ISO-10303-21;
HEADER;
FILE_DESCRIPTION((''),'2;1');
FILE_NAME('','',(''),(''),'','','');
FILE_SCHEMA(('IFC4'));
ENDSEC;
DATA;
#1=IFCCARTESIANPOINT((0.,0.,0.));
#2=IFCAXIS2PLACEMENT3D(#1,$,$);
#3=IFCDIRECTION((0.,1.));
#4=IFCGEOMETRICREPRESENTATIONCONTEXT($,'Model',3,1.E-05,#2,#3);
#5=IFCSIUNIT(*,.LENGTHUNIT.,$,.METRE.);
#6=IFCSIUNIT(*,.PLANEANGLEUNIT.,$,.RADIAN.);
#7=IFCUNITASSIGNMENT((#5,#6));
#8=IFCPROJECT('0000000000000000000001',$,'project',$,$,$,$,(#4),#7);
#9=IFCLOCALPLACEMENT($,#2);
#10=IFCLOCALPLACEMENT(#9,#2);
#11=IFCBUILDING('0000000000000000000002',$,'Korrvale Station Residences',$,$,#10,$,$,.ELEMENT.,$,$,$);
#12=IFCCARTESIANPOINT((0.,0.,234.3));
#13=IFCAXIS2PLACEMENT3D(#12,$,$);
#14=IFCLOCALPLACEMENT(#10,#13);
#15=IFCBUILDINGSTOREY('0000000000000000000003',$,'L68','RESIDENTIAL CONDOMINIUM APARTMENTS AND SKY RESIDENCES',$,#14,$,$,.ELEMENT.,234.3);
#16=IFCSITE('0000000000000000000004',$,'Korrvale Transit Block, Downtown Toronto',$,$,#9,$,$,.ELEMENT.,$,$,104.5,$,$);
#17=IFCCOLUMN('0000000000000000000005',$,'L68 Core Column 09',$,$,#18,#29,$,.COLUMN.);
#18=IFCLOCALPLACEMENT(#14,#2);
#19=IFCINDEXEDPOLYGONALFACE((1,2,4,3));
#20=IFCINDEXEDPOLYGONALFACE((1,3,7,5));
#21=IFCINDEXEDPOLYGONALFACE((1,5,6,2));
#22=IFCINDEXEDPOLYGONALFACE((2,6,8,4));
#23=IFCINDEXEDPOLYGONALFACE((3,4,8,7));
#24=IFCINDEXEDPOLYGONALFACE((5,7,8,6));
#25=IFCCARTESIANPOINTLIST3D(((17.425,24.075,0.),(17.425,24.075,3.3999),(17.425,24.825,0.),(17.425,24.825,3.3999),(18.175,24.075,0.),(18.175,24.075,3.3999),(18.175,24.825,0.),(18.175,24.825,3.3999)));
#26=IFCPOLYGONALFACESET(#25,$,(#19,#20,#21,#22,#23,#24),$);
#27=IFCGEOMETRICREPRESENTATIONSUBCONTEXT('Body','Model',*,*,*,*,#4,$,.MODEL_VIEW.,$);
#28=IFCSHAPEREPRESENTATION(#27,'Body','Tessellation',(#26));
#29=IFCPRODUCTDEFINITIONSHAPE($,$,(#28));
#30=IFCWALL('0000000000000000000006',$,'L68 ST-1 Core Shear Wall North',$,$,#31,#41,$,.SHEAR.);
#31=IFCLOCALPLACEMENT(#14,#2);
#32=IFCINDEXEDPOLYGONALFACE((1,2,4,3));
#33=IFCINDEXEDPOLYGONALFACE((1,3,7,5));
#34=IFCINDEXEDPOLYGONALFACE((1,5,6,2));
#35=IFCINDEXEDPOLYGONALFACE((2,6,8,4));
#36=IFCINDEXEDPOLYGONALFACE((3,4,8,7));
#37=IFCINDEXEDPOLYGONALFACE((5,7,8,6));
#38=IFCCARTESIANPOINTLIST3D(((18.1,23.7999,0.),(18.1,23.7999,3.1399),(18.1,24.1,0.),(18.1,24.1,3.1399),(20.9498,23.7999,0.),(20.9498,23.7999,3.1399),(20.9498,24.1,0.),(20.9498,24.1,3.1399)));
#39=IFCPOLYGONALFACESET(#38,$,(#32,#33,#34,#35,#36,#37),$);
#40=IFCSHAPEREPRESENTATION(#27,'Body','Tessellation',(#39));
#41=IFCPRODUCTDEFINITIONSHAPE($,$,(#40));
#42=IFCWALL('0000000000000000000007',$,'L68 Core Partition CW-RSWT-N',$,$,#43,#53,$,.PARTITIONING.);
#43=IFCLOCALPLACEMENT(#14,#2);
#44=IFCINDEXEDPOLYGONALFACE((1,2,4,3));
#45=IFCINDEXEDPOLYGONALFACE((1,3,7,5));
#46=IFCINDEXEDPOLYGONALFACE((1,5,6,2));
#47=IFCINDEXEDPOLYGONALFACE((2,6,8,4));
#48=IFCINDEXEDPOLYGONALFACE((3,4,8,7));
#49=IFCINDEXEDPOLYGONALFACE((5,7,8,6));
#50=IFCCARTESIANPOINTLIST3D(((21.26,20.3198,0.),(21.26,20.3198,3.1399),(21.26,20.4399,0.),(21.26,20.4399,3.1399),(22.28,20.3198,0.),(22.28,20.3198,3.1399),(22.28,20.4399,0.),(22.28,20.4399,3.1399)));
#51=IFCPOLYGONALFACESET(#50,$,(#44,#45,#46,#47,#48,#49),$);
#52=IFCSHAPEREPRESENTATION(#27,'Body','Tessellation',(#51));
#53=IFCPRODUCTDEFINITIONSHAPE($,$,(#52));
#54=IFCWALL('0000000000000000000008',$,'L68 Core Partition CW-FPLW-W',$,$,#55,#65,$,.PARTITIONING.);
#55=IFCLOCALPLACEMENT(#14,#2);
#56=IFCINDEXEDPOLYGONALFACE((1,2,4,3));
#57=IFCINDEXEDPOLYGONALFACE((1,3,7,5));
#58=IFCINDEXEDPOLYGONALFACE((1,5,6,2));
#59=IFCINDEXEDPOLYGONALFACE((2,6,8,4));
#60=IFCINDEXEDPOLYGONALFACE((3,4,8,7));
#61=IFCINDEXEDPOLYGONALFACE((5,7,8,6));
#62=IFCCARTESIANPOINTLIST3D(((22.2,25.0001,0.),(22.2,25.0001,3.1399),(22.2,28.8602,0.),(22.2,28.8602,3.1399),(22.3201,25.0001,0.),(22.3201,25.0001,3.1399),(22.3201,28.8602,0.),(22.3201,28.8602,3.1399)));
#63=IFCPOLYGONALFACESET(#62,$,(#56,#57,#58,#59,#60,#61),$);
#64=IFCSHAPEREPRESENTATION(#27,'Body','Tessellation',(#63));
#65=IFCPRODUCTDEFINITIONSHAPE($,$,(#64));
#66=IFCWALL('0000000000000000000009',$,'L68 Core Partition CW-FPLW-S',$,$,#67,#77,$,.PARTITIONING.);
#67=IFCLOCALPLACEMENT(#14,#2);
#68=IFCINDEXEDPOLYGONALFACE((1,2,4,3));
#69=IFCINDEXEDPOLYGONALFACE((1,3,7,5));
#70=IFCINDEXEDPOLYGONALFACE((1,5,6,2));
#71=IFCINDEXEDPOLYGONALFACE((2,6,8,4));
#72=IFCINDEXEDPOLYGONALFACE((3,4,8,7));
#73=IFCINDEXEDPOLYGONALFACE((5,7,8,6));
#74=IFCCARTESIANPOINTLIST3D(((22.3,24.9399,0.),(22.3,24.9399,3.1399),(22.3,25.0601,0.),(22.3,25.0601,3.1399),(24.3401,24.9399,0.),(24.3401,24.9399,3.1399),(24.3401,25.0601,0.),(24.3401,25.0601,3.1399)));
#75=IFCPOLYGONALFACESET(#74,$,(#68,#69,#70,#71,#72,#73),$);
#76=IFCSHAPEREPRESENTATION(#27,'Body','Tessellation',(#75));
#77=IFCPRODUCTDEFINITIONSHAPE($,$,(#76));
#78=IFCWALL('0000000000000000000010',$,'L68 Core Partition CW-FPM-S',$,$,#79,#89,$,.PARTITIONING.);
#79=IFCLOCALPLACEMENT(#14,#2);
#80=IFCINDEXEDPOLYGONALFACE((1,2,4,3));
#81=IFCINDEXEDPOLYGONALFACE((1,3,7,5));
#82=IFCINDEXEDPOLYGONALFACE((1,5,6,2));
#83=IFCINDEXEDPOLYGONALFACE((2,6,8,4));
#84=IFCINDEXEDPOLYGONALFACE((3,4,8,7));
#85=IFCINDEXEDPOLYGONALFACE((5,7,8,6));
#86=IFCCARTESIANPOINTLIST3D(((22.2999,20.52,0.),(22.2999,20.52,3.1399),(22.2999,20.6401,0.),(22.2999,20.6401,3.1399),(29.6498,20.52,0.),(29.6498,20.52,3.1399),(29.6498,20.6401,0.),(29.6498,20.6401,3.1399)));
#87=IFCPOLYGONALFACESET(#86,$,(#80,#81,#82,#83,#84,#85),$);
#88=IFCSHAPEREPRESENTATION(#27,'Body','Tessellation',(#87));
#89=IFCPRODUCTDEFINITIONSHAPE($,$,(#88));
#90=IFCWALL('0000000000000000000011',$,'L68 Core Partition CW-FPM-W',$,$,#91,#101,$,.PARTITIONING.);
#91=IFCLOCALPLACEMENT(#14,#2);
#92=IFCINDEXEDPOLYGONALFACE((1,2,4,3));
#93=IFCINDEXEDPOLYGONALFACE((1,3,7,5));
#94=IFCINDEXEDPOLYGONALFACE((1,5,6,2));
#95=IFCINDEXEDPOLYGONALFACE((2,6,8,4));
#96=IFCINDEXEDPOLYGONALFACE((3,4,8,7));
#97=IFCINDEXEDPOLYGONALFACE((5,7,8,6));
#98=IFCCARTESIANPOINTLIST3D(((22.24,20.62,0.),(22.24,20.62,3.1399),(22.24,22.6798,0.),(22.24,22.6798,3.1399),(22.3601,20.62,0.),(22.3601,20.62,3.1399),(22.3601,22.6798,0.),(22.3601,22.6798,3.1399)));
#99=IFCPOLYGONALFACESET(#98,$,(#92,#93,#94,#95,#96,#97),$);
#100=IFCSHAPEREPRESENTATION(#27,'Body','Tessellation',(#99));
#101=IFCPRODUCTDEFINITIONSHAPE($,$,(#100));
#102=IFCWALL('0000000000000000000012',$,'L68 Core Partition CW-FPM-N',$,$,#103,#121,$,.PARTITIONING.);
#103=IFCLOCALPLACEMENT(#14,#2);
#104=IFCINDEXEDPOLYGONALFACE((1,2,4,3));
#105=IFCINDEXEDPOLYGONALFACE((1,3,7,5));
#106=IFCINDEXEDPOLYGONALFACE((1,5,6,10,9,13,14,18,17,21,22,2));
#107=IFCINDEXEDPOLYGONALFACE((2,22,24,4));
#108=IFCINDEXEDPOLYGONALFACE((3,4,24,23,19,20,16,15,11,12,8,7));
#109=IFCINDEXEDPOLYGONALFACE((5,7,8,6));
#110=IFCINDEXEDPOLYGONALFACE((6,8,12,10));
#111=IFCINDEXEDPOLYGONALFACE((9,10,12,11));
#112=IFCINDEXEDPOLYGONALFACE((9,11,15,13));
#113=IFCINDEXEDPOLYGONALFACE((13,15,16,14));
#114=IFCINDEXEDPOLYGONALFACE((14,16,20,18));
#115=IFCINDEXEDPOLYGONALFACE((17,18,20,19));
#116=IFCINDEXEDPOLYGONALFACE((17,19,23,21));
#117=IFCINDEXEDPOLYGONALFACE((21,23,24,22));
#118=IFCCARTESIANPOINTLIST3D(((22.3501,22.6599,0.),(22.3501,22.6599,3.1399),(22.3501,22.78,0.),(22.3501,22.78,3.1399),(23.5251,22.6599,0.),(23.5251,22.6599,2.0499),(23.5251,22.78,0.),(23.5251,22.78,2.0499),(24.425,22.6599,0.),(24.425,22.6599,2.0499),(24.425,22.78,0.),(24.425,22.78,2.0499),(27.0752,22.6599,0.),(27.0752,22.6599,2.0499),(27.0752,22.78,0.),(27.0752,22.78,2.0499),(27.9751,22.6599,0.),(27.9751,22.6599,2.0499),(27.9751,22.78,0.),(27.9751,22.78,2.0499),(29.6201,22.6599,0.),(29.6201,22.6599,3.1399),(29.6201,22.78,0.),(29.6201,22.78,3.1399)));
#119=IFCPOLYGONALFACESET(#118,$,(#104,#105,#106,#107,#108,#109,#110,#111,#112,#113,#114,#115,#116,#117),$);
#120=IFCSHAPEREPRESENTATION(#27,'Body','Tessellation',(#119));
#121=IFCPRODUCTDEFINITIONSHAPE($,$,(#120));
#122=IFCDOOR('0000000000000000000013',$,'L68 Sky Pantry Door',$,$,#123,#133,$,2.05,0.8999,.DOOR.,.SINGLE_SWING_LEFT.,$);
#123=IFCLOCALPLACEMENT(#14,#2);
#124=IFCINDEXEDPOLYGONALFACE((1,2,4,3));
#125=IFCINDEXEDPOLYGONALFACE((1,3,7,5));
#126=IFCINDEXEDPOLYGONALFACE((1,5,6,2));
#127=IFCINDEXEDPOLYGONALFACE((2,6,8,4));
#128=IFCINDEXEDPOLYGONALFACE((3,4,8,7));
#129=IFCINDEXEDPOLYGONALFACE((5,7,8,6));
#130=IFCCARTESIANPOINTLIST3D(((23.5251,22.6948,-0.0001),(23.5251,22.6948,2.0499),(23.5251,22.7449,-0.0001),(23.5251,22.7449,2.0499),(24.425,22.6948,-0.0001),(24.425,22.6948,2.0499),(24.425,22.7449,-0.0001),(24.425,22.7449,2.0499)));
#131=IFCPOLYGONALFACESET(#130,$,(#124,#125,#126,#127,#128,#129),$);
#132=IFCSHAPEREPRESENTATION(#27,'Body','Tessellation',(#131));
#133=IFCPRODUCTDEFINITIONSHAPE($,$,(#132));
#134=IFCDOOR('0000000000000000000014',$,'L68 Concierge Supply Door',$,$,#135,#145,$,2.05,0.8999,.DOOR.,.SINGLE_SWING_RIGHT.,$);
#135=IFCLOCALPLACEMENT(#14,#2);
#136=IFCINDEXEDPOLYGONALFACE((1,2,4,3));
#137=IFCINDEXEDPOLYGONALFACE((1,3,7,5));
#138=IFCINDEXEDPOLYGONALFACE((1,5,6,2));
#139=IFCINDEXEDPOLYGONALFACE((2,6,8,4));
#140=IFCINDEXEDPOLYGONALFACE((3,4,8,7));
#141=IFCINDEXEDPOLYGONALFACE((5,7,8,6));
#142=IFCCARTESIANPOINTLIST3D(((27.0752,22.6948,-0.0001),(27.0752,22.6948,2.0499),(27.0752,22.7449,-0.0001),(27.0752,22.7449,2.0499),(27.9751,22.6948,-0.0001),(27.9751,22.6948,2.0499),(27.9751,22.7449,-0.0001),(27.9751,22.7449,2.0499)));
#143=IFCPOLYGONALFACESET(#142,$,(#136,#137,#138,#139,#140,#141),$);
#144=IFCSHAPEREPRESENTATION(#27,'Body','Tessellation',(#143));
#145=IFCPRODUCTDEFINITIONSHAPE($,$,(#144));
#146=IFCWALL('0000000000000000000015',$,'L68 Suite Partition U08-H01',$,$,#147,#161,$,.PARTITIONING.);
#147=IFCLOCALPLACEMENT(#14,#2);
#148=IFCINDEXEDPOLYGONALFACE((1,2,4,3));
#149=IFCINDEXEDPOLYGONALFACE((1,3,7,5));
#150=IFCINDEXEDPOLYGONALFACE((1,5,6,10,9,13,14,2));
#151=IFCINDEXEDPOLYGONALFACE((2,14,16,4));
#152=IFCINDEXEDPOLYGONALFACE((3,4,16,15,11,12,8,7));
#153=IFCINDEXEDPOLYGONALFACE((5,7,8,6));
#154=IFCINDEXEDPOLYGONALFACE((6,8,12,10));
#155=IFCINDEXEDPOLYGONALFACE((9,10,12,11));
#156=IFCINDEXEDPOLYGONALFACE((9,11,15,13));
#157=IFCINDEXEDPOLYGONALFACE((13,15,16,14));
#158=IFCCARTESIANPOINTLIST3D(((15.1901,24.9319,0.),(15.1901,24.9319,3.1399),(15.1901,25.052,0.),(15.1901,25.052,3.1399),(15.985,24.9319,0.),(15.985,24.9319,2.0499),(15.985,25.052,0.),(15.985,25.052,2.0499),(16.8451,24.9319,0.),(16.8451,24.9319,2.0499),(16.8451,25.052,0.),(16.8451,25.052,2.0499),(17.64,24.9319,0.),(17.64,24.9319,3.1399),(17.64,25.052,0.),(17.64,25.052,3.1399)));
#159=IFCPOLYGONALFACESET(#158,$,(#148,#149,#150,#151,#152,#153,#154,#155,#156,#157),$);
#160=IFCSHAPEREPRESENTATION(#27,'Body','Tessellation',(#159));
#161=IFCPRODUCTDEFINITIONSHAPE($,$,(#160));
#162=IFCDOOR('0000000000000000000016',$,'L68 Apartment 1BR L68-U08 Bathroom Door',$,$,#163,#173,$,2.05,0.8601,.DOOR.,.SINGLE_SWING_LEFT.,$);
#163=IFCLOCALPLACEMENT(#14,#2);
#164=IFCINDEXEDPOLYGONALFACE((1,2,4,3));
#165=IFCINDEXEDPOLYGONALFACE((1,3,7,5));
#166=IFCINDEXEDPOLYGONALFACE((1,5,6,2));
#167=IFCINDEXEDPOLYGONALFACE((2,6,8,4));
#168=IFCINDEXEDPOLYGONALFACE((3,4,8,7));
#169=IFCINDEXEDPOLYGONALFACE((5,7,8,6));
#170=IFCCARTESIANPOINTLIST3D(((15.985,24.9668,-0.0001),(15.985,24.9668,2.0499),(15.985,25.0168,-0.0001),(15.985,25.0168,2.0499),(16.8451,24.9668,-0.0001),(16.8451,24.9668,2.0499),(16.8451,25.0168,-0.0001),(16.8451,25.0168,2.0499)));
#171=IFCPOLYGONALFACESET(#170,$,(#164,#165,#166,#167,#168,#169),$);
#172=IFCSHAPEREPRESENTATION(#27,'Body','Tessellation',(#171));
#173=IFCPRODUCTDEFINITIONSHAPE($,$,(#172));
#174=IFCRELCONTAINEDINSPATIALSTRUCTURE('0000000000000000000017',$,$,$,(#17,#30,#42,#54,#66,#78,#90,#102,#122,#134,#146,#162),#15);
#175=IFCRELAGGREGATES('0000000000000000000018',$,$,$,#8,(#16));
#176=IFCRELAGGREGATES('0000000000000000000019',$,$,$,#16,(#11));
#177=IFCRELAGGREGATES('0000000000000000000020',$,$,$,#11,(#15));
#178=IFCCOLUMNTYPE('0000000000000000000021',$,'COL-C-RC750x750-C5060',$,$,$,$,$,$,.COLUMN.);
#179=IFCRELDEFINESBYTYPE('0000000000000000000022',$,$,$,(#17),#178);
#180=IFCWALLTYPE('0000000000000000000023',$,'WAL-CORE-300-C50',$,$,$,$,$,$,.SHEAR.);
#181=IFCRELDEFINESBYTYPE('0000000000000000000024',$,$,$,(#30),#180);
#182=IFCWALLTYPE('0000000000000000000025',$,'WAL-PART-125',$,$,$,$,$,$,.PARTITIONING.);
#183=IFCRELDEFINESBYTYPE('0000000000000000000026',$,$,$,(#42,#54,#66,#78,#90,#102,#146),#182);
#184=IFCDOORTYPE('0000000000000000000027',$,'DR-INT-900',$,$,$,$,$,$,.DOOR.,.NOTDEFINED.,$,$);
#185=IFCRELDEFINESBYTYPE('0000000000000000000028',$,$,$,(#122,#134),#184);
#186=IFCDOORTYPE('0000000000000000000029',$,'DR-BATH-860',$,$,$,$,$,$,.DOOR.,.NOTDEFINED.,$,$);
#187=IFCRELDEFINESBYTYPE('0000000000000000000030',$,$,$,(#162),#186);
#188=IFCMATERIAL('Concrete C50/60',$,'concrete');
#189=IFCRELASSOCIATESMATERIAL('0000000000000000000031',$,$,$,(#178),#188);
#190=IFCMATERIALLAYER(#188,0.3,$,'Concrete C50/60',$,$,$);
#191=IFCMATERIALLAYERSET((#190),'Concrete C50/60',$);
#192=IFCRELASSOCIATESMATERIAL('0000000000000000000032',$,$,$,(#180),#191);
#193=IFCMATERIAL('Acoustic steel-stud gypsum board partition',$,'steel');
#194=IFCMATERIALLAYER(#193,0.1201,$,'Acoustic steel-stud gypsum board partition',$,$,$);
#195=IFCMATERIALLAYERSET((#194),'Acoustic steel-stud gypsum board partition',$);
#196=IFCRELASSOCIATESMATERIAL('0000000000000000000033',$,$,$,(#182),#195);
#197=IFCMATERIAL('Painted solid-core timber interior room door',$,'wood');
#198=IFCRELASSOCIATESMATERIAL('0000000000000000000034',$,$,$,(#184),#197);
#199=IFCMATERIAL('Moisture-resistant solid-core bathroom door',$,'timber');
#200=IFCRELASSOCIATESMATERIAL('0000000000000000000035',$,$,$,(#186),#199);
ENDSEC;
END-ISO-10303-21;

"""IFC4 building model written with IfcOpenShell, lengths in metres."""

from ifc_helpers import new_model, si_unit, direction, frame, frame_2d, origin, origin_2d, place, context, subcontext, project, spatial, rectangle, extrude, material, layer, layer_set, material_profile, profile_set, type_object, element, fill, save


model = new_model("IFC4")

# Units and contexts
model_context = context("Model", 3, precision=1e-05, world=origin(), true_north=direction((0.0, 1.0)))
body_context = subcontext(model_context, "Body", "Model", "MODEL_VIEW")
ifc_project = project(units=[si_unit("LENGTHUNIT", "METRE"), si_unit("PLANEANGLEUNIT", "RADIAN")], contexts=[model_context])

# Site, building, storey
site_placement = place(None, origin())
site = spatial("IfcSite", under=ifc_project, at=site_placement, Name="Korrvale Transit Block, Downtown Toronto", CompositionType="ELEMENT", RefElevation=104.5)
building_placement = place(site_placement, origin())
building = spatial("IfcBuilding", under=site, at=building_placement, Name="Korrvale Station Residences", CompositionType="ELEMENT")
storey_placement = place(building_placement, frame((0.0, 0.0, 234.3)))
storey = spatial("IfcBuildingStorey", under=building, at=storey_placement, Name="L68", Description="RESIDENTIAL CONDOMINIUM APARTMENTS AND SKY RESIDENCES", CompositionType="ELEMENT", Elevation=234.3)

# Column
ifc_material_1 = material(Name="Concrete C50/60", Category="concrete")
ifc_material_profile = material_profile(ifc_material_1, rectangle(XDim=0.75, YDim=0.75, at=origin_2d()), Name="RC750x750")
ifc_profile_set = profile_set([ifc_material_profile], Name="Concrete C50/60")
column_type = type_object("IfcColumnType", Name="COL-C-RC750x750-C5060", PredefinedType="COLUMN", material=ifc_profile_set)
column_placement = place(storey_placement, frame((17.8, 24.45, 0.0), z_axis=(0.0, 0.0, 1.0), x_axis=(1.0, 0.0, 0.0)))
element("IfcColumn", 1, at=column_placement, inside=storey, type_object=column_type, Name="L68 Core Column 09", PredefinedType="COLUMN", context=body_context, shape_type="SweptSolid", body=[
    extrude(rectangle(XDim=0.75, YDim=0.75, at=origin_2d()), origin(), (0.0, 0.0, 1.0), 3.3999),
])

# Walls
ifc_layer_1 = layer(ifc_material_1, 0.3, Name="Concrete C50/60")
ifc_layer_set_1 = layer_set([ifc_layer_1], Name="Concrete C50/60")
wall_type_1 = type_object("IfcWallType", Name="WAL-CORE-300-C50", PredefinedType="SHEAR", material=ifc_layer_set_1)
wall_1_placement = place(storey_placement, frame((18.1001, 23.95, 0.0), z_axis=(0.0, 0.0, 1.0), x_axis=(1.0, 0.0, 0.0)))
element("IfcWall", 2, at=wall_1_placement, inside=storey, type_object=wall_type_1, Name="L68 ST-1 Core Shear Wall North", PredefinedType="SHEAR", context=body_context, shape_type="SweptSolid", body=[
    extrude(rectangle(XDim=2.8499, YDim=0.3, at=frame_2d((1.4248, 0.0))), origin(), (0.0, 0.0, 1.0), 3.1399),
])
ifc_material_2 = material(Name="Acoustic steel-stud gypsum board partition", Category="steel")
ifc_layer_2 = layer(ifc_material_2, 0.1201, Name="Acoustic steel-stud gypsum board partition")
ifc_layer_set_2 = layer_set([ifc_layer_2], Name="Acoustic steel-stud gypsum board partition")
wall_type_2 = type_object("IfcWallType", Name="WAL-PART-125", PredefinedType="PARTITIONING", material=ifc_layer_set_2)
wall_2_placement = place(storey_placement, frame((22.28, 20.3799, 0.0), z_axis=(0.0, 0.0, 1.0), x_axis=(-1.0, 0.0, 0.0)))
element("IfcWall", 3, at=wall_2_placement, inside=storey, type_object=wall_type_2, Name="L68 Core Partition CW-RSWT-N", PredefinedType="PARTITIONING", context=body_context, shape_type="SweptSolid", body=[
    extrude(rectangle(XDim=1.02, YDim=0.1201, at=frame_2d((0.51, 0.0))), origin(), (0.0, 0.0, 1.0), 3.1399),
])
wall_3_placement = place(storey_placement, frame((22.26, 25.0, 0.0), z_axis=(0.0, 0.0, 1.0), x_axis=(0.0, 1.0, 0.0)))
element("IfcWall", 4, at=wall_3_placement, inside=storey, type_object=wall_type_2, Name="L68 Core Partition CW-FPLW-W", PredefinedType="PARTITIONING", context=body_context, shape_type="SweptSolid", body=[
    extrude(rectangle(XDim=3.8601, YDim=0.1201, at=frame_2d((1.9302, 0.0))), origin(), (0.0, 0.0, 1.0), 3.1399),
])
wall_4_placement = place(storey_placement, frame((22.3, 25.0, 0.0), z_axis=(0.0, 0.0, 1.0), x_axis=(1.0, 0.0, 0.0)))
element("IfcWall", 5, at=wall_4_placement, inside=storey, type_object=wall_type_2, Name="L68 Core Partition CW-FPLW-S", PredefinedType="PARTITIONING", context=body_context, shape_type="SweptSolid", body=[
    extrude(rectangle(XDim=2.04, YDim=0.1201, at=frame_2d((1.02, 0.0))), origin(), (0.0, 0.0, 1.0), 3.1399),
])
wall_5_placement = place(storey_placement, frame((22.3, 20.5801, 0.0), z_axis=(0.0, 0.0, 1.0), x_axis=(1.0, 0.0, 0.0)))
element("IfcWall", 6, at=wall_5_placement, inside=storey, type_object=wall_type_2, Name="L68 Core Partition CW-FPM-S", PredefinedType="PARTITIONING", context=body_context, shape_type="SweptSolid", body=[
    extrude(rectangle(XDim=7.3499, YDim=0.1201, at=frame_2d((3.6748, 0.0))), origin(), (0.0, 0.0, 1.0), 3.1399),
])
wall_6_placement = place(storey_placement, frame((22.3, 20.6201, 0.0), z_axis=(0.0, 0.0, 1.0), x_axis=(0.0, 1.0, 0.0)))
element("IfcWall", 7, at=wall_6_placement, inside=storey, type_object=wall_type_2, Name="L68 Core Partition CW-FPM-W", PredefinedType="PARTITIONING", context=body_context, shape_type="SweptSolid", body=[
    extrude(rectangle(XDim=2.0598, YDim=0.1201, at=frame_2d((1.0298, 0.0))), origin(), (0.0, 0.0, 1.0), 3.1399),
])

# Wall, openings, doors
wall_7_placement = place(storey_placement, frame((22.3501, 22.72, 0.0), z_axis=(0.0, 0.0, 1.0), x_axis=(1.0, 0.0, 0.0)))
wall_7 = element("IfcWall", 8, at=wall_7_placement, inside=storey, type_object=wall_type_2, Name="L68 Core Partition CW-FPM-N", PredefinedType="PARTITIONING", context=body_context, shape_type="SweptSolid", body=[
    extrude(rectangle(XDim=7.27, YDim=0.1201, at=frame_2d((3.635, 0.0))), origin(), (0.0, 0.0, 1.0), 3.1399),
])
opening_1_placement = place(wall_7_placement, frame((1.175, 0.0, 0.0)))
opening_1 = element("IfcOpeningElement", 9, at=opening_1_placement, cuts=wall_7, PredefinedType="OPENING", context=body_context, shape_type="SweptSolid", body=[
    extrude(rectangle(XDim=0.8999, YDim=2.05, at=frame_2d((0.45, 1.0249))), frame((0.0, 0.0701, 0.0), z_axis=(0.0, -1.0, 0.0), x_axis=(1.0, 0.0, 0.0)), (0.0, 0.0, 1.0), 0.1401),
])
opening_2_placement = place(wall_7_placement, frame((4.7251, 0.0, 0.0)))
opening_2 = element("IfcOpeningElement", 10, at=opening_2_placement, cuts=wall_7, PredefinedType="OPENING", context=body_context, shape_type="SweptSolid", body=[
    extrude(rectangle(XDim=0.8999, YDim=2.05, at=frame_2d((0.45, 1.0249))), frame((0.0, 0.0701, 0.0), z_axis=(0.0, -1.0, 0.0), x_axis=(1.0, 0.0, 0.0)), (0.0, 0.0, 1.0), 0.1401),
])
ifc_material_3 = material(Name="Painted solid-core timber interior room door", Category="wood")
door_type_1 = type_object("IfcDoorType", Name="DR-INT-900", OperationType="NOTDEFINED", PredefinedType="DOOR", material=ifc_material_3)
door_1_placement = place(opening_1_placement, origin())
door_1 = element("IfcDoor", 11, at=door_1_placement, inside=storey, type_object=door_type_1, Name="L68 Sky Pantry Door", OperationType="SINGLE_SWING_LEFT", OverallHeight=2.05, OverallWidth=0.8999, PredefinedType="DOOR", context=body_context, shape_type="SweptSolid", body=[
    extrude(rectangle(XDim=0.8999, YDim=2.05, at=frame_2d((0.45, 1.0249))), frame((0.0, 0.0249, 0.0), z_axis=(0.0, -1.0, 0.0), x_axis=(1.0, 0.0, 0.0)), (0.0, 0.0, 1.0), 0.05),
])
fill(opening_1, door_1)
door_2_placement = place(opening_2_placement, origin())
door_2 = element("IfcDoor", 12, at=door_2_placement, inside=storey, type_object=door_type_1, Name="L68 Concierge Supply Door", OperationType="SINGLE_SWING_RIGHT", OverallHeight=2.05, OverallWidth=0.8999, PredefinedType="DOOR", context=body_context, shape_type="SweptSolid", body=[
    extrude(rectangle(XDim=0.8999, YDim=2.05, at=frame_2d((0.45, 1.0249))), frame((0.0, 0.0249, 0.0), z_axis=(0.0, -1.0, 0.0), x_axis=(1.0, 0.0, 0.0)), (0.0, 0.0, 1.0), 0.05),
])
fill(opening_2, door_2)

# Wall, opening, door
wall_8_placement = place(storey_placement, frame((15.1899, 24.9919, 0.0), z_axis=(0.0, 0.0, 1.0), x_axis=(1.0, 0.0, 0.0)))
wall_8 = element("IfcWall", 13, at=wall_8_placement, inside=storey, type_object=wall_type_2, Name="L68 Suite Partition U08-H01", PredefinedType="PARTITIONING", context=body_context, shape_type="SweptSolid", body=[
    extrude(rectangle(XDim=2.45, YDim=0.1201, at=frame_2d((1.2251, 0.0))), origin(), (0.0, 0.0, 1.0), 3.1399),
])
opening_3_placement = place(wall_8_placement, frame((0.7949, 0.0, 0.0)))
opening_3 = element("IfcOpeningElement", 14, at=opening_3_placement, cuts=wall_8, PredefinedType="OPENING", context=body_context, shape_type="SweptSolid", body=[
    extrude(rectangle(XDim=0.8601, YDim=2.05, at=frame_2d((0.4302, 1.0249))), frame((0.0, 0.0701, 0.0), z_axis=(0.0, -1.0, 0.0), x_axis=(1.0, 0.0, 0.0)), (0.0, 0.0, 1.0), 0.1401),
])
ifc_material_4 = material(Name="Moisture-resistant solid-core bathroom door", Category="timber")
door_type_2 = type_object("IfcDoorType", Name="DR-BATH-860", OperationType="NOTDEFINED", PredefinedType="DOOR", material=ifc_material_4)
door_3_placement = place(opening_3_placement, origin())
door_3 = element("IfcDoor", 15, at=door_3_placement, inside=storey, type_object=door_type_2, Name="L68 Apartment 1BR L68-U08 Bathroom Door", OperationType="SINGLE_SWING_LEFT", OverallHeight=2.05, OverallWidth=0.8601, PredefinedType="DOOR", context=body_context, shape_type="SweptSolid", body=[
    extrude(rectangle(XDim=0.8601, YDim=2.05, at=frame_2d((0.4302, 1.0249))), frame((0.0, 0.0249, 0.0), z_axis=(0.0, -1.0, 0.0), x_axis=(1.0, 0.0, 0.0)), (0.0, 0.0, 1.0), 0.05),
])
fill(opening_3, door_3)

save(model, "model.ifc")
